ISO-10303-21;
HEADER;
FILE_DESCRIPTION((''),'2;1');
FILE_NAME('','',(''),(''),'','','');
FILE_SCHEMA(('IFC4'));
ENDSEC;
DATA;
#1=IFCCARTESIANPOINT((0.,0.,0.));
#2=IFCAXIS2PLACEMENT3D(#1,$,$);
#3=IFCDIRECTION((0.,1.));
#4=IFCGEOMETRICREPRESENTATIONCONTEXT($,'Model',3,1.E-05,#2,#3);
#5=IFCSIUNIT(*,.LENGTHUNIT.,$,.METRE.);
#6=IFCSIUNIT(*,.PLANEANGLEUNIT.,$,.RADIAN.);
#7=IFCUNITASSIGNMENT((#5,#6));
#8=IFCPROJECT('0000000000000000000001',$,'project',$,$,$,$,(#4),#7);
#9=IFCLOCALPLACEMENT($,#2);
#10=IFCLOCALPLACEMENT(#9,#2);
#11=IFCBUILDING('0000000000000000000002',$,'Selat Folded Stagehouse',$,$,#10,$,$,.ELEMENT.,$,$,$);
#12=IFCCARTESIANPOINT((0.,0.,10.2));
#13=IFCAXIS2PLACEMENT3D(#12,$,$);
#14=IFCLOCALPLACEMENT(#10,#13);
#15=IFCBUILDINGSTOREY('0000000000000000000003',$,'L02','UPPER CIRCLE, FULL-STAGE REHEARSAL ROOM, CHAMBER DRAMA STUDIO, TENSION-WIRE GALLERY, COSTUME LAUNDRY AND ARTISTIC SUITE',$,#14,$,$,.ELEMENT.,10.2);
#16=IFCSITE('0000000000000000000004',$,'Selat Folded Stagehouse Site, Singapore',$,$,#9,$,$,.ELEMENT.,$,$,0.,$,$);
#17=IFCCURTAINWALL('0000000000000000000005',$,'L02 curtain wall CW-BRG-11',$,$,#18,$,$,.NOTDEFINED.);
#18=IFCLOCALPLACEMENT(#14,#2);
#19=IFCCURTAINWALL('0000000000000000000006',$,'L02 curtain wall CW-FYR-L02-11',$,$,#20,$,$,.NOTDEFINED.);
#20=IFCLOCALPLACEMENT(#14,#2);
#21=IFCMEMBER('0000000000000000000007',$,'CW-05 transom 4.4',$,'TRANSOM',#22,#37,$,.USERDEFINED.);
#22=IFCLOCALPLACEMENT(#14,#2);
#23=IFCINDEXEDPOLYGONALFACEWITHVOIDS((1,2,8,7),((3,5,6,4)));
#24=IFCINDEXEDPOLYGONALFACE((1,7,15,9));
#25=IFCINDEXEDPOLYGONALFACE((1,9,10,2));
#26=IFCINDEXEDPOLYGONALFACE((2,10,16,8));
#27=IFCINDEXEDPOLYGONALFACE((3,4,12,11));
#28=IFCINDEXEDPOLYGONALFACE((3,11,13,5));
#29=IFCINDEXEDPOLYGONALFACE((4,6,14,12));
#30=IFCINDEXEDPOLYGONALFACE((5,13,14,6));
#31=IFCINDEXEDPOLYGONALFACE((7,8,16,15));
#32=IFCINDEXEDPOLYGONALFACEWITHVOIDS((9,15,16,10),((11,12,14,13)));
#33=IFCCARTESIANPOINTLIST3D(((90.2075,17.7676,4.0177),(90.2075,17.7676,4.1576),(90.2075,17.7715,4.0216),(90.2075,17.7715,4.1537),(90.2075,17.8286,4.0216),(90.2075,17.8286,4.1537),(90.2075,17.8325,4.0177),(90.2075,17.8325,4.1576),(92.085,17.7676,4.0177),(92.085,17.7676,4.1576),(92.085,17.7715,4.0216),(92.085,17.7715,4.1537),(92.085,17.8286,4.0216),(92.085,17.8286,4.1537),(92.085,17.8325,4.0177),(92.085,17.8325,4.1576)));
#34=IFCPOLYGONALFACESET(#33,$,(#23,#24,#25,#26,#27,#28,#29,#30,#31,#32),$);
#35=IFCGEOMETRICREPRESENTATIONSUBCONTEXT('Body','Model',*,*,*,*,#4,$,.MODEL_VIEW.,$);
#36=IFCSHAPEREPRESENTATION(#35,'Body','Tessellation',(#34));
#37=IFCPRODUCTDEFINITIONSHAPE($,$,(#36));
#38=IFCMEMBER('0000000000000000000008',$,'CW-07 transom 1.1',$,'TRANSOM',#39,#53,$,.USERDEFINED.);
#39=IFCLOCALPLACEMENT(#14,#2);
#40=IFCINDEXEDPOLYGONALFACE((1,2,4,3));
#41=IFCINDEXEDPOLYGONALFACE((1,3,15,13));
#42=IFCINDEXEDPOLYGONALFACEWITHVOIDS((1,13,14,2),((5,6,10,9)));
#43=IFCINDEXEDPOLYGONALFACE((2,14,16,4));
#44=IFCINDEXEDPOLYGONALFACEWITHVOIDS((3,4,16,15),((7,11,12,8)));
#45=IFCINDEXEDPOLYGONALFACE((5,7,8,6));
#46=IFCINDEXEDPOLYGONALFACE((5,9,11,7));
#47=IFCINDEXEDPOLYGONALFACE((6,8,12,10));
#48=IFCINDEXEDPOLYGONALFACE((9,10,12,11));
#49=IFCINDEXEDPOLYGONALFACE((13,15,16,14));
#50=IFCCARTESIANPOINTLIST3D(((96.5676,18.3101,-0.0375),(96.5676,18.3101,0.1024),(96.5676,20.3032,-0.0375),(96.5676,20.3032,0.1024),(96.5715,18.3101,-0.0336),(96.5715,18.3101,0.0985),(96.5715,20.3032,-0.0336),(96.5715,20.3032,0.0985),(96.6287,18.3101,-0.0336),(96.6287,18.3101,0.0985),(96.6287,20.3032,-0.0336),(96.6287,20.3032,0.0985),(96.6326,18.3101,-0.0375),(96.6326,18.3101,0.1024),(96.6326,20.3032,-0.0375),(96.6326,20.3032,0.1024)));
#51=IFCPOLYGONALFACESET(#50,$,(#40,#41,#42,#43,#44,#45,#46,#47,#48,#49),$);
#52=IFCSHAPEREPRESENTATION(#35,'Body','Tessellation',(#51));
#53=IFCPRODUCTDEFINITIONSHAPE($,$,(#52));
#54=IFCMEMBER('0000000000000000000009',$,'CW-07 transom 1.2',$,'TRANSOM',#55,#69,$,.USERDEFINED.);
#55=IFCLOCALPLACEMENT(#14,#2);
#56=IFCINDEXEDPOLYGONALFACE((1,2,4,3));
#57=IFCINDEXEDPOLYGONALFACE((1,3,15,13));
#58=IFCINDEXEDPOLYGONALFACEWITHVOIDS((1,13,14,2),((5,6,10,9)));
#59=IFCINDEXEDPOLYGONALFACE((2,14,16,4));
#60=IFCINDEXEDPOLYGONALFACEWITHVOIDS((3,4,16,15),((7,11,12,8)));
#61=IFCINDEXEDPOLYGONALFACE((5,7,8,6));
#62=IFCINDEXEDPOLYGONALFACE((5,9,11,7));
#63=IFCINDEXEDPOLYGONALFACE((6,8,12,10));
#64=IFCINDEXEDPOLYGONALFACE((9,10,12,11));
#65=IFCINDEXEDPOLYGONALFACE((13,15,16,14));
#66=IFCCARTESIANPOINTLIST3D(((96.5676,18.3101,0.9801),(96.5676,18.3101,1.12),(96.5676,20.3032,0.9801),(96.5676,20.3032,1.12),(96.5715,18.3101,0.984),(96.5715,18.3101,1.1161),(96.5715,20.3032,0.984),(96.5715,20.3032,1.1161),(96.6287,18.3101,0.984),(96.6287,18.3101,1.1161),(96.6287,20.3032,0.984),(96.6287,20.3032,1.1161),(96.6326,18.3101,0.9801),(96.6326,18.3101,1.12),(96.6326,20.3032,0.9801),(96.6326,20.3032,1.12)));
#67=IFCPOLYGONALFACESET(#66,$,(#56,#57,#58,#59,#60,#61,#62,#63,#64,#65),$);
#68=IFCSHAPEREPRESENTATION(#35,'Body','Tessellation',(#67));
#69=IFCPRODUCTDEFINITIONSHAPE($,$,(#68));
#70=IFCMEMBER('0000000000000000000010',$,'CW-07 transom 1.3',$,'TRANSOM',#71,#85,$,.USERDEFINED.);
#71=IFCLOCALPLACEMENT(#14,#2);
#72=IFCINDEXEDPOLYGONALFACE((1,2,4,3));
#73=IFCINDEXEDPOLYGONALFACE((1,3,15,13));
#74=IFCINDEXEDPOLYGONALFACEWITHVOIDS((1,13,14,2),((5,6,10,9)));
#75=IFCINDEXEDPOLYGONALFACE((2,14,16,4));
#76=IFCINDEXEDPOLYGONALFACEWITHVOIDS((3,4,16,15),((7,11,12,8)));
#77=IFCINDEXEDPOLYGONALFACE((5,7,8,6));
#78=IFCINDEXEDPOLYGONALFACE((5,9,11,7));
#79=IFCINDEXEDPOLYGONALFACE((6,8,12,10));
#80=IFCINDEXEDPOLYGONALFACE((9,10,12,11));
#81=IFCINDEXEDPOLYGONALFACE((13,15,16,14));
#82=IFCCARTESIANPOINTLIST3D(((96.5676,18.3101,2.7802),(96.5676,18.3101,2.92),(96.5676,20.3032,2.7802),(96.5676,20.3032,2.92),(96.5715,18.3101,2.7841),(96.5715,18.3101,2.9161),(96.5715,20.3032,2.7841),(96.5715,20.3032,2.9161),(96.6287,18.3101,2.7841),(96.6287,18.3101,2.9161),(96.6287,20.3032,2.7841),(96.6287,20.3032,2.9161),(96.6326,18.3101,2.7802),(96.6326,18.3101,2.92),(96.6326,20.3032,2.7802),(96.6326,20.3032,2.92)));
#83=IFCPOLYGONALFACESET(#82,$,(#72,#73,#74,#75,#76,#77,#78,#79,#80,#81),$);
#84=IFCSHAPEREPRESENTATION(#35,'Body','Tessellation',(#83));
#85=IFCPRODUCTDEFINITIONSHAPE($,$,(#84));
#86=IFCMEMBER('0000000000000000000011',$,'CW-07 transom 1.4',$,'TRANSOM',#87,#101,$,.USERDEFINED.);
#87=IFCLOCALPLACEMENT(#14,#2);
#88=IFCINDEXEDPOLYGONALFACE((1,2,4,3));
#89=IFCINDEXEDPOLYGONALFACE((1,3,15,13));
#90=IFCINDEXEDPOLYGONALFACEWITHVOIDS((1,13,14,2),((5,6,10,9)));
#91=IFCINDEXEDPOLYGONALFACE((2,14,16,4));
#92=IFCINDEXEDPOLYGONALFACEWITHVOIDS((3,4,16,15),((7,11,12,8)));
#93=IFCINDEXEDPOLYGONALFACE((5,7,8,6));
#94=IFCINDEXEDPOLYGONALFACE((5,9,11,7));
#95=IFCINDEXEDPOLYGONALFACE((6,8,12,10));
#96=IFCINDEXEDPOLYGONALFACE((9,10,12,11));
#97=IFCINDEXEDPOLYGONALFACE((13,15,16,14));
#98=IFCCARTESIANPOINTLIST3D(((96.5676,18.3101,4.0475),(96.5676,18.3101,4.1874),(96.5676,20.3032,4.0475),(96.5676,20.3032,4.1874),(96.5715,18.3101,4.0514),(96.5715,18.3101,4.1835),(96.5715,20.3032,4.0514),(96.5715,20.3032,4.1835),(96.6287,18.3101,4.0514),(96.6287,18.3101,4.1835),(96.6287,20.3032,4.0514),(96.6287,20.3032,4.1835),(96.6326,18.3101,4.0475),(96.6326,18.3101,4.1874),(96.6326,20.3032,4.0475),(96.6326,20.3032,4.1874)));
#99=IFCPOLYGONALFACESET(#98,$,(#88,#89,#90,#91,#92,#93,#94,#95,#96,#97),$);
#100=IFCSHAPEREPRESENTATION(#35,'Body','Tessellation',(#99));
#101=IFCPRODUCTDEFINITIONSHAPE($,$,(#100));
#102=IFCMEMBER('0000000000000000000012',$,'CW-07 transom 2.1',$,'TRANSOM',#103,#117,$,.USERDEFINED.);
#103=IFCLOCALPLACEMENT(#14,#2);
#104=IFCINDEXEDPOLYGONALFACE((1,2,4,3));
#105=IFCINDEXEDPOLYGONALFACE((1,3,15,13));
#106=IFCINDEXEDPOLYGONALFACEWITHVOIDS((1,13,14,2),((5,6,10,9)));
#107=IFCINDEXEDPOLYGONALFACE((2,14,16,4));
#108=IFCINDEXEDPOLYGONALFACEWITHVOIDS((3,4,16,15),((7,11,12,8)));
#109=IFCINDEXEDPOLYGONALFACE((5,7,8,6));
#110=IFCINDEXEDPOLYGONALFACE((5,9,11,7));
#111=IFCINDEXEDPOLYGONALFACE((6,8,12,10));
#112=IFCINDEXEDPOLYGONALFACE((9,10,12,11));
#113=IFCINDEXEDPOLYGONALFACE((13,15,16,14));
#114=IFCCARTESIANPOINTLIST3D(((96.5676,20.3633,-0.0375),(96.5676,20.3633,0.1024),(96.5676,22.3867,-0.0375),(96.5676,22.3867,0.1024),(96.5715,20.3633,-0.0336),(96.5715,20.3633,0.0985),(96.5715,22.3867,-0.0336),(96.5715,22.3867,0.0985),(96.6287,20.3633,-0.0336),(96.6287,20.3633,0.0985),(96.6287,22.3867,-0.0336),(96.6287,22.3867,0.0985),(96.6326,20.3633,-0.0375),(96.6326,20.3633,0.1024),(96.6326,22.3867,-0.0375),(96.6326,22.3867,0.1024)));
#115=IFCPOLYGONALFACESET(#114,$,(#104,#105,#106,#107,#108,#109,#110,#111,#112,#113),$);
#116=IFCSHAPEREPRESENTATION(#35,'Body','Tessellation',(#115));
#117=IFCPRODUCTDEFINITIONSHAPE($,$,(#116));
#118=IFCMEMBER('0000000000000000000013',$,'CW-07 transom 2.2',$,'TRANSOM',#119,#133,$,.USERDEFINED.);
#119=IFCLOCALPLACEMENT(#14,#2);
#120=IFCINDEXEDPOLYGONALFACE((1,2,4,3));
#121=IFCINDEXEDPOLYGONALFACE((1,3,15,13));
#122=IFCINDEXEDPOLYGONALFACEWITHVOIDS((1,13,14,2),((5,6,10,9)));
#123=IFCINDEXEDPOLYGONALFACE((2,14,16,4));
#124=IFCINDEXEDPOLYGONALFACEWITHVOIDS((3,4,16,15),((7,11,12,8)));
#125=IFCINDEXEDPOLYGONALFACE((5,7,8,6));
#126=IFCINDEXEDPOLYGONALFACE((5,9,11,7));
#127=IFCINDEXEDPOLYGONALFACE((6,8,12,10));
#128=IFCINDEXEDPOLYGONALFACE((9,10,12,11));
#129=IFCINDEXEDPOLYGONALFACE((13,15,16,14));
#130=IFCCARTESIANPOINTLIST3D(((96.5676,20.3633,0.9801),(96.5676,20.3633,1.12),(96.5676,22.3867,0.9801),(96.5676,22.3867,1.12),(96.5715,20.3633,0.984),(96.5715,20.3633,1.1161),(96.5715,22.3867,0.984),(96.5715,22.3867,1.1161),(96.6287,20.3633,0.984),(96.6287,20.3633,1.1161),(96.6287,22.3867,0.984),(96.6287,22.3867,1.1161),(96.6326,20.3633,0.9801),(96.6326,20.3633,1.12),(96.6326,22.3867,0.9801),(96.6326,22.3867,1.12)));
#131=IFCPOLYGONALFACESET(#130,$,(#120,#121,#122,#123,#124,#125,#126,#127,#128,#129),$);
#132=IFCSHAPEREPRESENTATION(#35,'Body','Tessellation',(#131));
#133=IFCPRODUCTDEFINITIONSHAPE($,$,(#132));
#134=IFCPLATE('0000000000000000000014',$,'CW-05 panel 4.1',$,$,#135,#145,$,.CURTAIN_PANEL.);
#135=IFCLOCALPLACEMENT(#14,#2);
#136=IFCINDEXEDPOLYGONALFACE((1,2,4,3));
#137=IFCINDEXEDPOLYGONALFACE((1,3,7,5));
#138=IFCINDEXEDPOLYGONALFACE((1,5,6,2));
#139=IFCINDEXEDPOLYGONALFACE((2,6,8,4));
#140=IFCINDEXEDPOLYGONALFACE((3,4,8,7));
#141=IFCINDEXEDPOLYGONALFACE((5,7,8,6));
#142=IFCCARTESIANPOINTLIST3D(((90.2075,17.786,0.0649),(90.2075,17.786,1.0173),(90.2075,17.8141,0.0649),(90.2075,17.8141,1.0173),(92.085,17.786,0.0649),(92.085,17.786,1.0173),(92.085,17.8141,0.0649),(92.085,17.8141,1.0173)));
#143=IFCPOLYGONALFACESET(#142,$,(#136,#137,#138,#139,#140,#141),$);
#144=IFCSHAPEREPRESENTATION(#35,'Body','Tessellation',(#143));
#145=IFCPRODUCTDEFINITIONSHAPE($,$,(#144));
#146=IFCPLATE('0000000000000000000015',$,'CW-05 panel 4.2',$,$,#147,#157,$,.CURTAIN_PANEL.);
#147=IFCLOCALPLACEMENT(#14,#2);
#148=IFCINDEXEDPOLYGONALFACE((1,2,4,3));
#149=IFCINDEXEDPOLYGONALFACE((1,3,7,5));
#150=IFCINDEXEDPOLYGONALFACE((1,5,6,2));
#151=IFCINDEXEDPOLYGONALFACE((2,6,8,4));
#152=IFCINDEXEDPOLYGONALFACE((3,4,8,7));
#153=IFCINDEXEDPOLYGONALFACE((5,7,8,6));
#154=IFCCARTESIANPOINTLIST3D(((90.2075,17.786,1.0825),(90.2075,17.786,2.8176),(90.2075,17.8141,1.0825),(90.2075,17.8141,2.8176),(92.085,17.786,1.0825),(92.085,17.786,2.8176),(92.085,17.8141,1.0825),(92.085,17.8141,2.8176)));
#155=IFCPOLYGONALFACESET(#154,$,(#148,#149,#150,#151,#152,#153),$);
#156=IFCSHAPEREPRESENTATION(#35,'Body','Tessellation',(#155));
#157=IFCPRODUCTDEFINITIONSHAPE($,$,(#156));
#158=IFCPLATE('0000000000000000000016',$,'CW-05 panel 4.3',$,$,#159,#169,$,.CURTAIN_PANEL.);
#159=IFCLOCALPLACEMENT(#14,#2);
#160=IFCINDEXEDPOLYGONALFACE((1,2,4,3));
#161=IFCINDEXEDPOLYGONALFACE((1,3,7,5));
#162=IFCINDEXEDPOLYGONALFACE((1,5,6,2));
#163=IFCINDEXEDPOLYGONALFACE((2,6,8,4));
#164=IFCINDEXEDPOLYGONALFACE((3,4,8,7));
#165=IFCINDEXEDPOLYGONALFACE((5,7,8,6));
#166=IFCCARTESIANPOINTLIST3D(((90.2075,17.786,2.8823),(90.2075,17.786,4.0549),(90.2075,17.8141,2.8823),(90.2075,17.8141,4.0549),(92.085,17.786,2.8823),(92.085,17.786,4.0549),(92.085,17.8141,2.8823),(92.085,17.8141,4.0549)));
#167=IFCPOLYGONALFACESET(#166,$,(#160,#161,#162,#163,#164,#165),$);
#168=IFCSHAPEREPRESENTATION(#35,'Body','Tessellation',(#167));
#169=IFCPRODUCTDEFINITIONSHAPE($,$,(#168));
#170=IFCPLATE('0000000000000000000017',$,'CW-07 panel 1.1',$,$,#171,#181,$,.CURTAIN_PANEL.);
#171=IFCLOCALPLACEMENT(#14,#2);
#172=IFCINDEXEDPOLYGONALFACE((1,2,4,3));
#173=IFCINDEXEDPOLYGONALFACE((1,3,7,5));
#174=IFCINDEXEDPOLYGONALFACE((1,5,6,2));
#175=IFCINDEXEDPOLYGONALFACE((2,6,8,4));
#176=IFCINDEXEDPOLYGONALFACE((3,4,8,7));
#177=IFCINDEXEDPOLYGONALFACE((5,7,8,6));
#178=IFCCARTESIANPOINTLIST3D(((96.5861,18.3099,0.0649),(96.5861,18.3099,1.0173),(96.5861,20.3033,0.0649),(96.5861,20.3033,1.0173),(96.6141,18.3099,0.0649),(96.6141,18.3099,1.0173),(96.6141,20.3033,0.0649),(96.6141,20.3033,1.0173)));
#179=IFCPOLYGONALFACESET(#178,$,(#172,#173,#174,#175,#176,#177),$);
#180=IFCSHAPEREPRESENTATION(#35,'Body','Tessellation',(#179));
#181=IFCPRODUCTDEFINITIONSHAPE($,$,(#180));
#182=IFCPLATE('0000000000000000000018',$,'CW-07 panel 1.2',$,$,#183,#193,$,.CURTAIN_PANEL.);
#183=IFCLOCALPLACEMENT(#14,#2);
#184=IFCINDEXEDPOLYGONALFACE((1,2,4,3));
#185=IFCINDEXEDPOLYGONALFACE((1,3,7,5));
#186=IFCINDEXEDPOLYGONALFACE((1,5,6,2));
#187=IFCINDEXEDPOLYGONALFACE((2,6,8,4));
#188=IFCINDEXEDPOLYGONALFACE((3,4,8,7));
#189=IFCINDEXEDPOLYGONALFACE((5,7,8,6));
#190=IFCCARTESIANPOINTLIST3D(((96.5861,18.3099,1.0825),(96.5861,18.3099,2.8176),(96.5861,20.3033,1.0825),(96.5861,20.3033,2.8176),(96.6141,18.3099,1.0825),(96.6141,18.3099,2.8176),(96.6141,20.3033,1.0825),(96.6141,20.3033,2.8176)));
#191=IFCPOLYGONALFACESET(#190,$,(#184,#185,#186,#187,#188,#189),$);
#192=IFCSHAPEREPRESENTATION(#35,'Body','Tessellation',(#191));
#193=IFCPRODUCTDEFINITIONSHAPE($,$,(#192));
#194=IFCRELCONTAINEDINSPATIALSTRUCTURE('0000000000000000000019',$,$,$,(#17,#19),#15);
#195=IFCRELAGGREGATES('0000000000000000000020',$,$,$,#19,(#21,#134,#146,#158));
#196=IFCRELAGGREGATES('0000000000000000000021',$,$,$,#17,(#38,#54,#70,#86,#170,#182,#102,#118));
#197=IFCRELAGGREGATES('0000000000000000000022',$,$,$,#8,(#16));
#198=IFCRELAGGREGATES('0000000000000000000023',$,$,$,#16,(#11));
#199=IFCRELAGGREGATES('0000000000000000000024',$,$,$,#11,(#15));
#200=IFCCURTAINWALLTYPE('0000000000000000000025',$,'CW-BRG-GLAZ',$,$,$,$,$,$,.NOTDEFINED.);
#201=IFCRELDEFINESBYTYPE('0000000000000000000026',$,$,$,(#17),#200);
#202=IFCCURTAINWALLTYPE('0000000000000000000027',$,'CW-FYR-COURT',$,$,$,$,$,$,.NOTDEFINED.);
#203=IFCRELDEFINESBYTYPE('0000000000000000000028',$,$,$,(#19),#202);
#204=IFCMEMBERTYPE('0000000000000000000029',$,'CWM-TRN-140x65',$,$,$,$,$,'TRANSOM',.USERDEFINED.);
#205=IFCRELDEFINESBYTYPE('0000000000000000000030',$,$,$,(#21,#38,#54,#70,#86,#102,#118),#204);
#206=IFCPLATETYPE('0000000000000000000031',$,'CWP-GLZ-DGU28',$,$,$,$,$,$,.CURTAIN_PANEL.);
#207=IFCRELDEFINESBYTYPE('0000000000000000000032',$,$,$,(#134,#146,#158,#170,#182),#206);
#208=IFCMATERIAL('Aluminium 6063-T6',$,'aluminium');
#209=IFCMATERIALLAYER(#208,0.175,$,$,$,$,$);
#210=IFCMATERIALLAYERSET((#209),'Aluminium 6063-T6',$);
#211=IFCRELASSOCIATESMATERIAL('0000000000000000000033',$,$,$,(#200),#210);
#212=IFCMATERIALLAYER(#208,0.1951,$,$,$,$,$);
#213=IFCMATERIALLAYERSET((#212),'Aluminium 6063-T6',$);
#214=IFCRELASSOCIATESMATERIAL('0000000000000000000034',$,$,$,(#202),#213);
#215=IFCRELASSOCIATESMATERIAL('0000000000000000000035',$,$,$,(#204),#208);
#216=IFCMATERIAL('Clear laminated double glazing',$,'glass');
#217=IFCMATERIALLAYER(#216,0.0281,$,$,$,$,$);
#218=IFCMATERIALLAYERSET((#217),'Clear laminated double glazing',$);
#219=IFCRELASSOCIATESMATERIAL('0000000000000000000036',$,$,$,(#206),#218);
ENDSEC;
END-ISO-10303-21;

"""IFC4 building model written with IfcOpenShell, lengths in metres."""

from ifc_helpers import new_model, si_unit, direction, frame, origin, origin_2d, place, context, subcontext, project, spatial, rectangle, hollow_rectangle, extrude, material, layer, layer_set, material_profile, profile_set, type_object, element, aggregate, save


model = new_model("IFC4")

# Units and contexts
model_context = context("Model", 3, precision=1e-05, world=origin(), true_north=direction((0.0, 1.0)))
body_context = subcontext(model_context, "Body", "Model", "MODEL_VIEW")
ifc_project = project(units=[si_unit("LENGTHUNIT", "METRE"), si_unit("PLANEANGLEUNIT", "RADIAN")], contexts=[model_context])

# Site, building, storey
site_placement = place(None, origin())
site = spatial("IfcSite", under=ifc_project, at=site_placement, Name="Selat Folded Stagehouse Site, Singapore", CompositionType="ELEMENT", RefElevation=0.0)
building_placement = place(site_placement, origin())
building = spatial("IfcBuilding", under=site, at=building_placement, Name="Selat Folded Stagehouse", CompositionType="ELEMENT")
storey_placement = place(building_placement, frame((0.0, 0.0, 10.2)))
storey = spatial("IfcBuildingStorey", under=building, at=storey_placement, Name="L02", Description="UPPER CIRCLE, FULL-STAGE REHEARSAL ROOM, CHAMBER DRAMA STUDIO, TENSION-WIRE GALLERY, COSTUME LAUNDRY AND ARTISTIC SUITE", CompositionType="ELEMENT", Elevation=10.2)

# Curtain walls, member
ifc_material_1 = material(Name="Aluminium 6063-T6", Category="aluminium")
ifc_layer_1 = layer(ifc_material_1, 0.175)
ifc_layer_set_1 = layer_set([ifc_layer_1], Name="Aluminium 6063-T6")
curtain_wall_type_1 = type_object("IfcCurtainWallType", Name="CW-BRG-GLAZ", PredefinedType="NOTDEFINED", material=ifc_layer_set_1)
curtain_wall_1_placement = place(storey_placement, origin())
curtain_wall_1 = element("IfcCurtainWall", 1, at=curtain_wall_1_placement, inside=storey, type_object=curtain_wall_type_1, Name="L02 curtain wall CW-BRG-11", PredefinedType="NOTDEFINED")
ifc_layer_2 = layer(ifc_material_1, 0.1951)
ifc_layer_set_2 = layer_set([ifc_layer_2], Name="Aluminium 6063-T6")
curtain_wall_type_2 = type_object("IfcCurtainWallType", Name="CW-FYR-COURT", PredefinedType="NOTDEFINED", material=ifc_layer_set_2)
curtain_wall_2_placement = place(storey_placement, origin())
curtain_wall_2 = element("IfcCurtainWall", 2, at=curtain_wall_2_placement, inside=storey, type_object=curtain_wall_type_2, Name="L02 curtain wall CW-FYR-L02-11", PredefinedType="NOTDEFINED")
ifc_material_profile_1 = material_profile(ifc_material_1, hollow_rectangle(XDim=0.0649, YDim=0.1399, WallThickness=0.0039, at=origin_2d()), Name="ALU 140x65x4.0")
ifc_profile_set_1 = profile_set([ifc_material_profile_1], Name="Aluminium 6063-T6")
member_type_1 = type_object("IfcMemberType", Name="CWM-TRN-140x65", ElementType="TRANSOM", PredefinedType="USERDEFINED", material=ifc_profile_set_1)
member_1_placement = place(storey_placement, frame((90.2075, 17.8, 4.0876), z_axis=(1.0, 0.0, 0.0), x_axis=(0.0, 1.0, 0.0)))
member_1 = element("IfcMember", 3, at=member_1_placement, type_object=member_type_1, Name="CW-05 transom 4.4", ObjectType="TRANSOM", PredefinedType="USERDEFINED", context=body_context, shape_type="SweptSolid", body=[
    extrude(hollow_rectangle(XDim=0.0649, YDim=0.1399, WallThickness=0.0039, at=origin_2d()), origin(), (0.0, 0.0, 1.0), 1.8774),
])

# Members
member_2_placement = place(storey_placement, frame((96.6001, 18.3101, 0.0325), z_axis=(0.0, 1.0, 0.0), x_axis=(-1.0, 0.0, 0.0)))
member_2 = element("IfcMember", 4, at=member_2_placement, type_object=member_type_1, Name="CW-07 transom 1.1", ObjectType="TRANSOM", PredefinedType="USERDEFINED", context=body_context, shape_type="SweptSolid", body=[
    extrude(hollow_rectangle(XDim=0.0649, YDim=0.1399, WallThickness=0.0039, at=origin_2d()), origin(), (0.0, 0.0, 1.0), 1.9932),
])
member_3_placement = place(storey_placement, frame((96.6001, 18.3101, 1.05), z_axis=(0.0, 1.0, 0.0), x_axis=(-1.0, 0.0, 0.0)))
member_3 = element("IfcMember", 5, at=member_3_placement, type_object=member_type_1, Name="CW-07 transom 1.2", ObjectType="TRANSOM", PredefinedType="USERDEFINED", context=body_context, shape_type="SweptSolid", body=[
    extrude(hollow_rectangle(XDim=0.0649, YDim=0.1399, WallThickness=0.0039, at=origin_2d()), origin(), (0.0, 0.0, 1.0), 1.9932),
])
member_4_placement = place(storey_placement, frame((96.6001, 18.3101, 2.8501), z_axis=(0.0, 1.0, 0.0), x_axis=(-1.0, 0.0, 0.0)))
member_4 = element("IfcMember", 6, at=member_4_placement, type_object=member_type_1, Name="CW-07 transom 1.3", ObjectType="TRANSOM", PredefinedType="USERDEFINED", context=body_context, shape_type="SweptSolid", body=[
    extrude(hollow_rectangle(XDim=0.0649, YDim=0.1399, WallThickness=0.0039, at=origin_2d()), origin(), (0.0, 0.0, 1.0), 1.9932),
])
member_5_placement = place(storey_placement, frame((96.6001, 18.3101, 4.1174), z_axis=(0.0, 1.0, 0.0), x_axis=(-1.0, 0.0, 0.0)))
member_5 = element("IfcMember", 7, at=member_5_placement, type_object=member_type_1, Name="CW-07 transom 1.4", ObjectType="TRANSOM", PredefinedType="USERDEFINED", context=body_context, shape_type="SweptSolid", body=[
    extrude(hollow_rectangle(XDim=0.0649, YDim=0.1399, WallThickness=0.0039, at=origin_2d()), origin(), (0.0, 0.0, 1.0), 1.9932),
])
member_6_placement = place(storey_placement, frame((96.6001, 20.3633, 0.0325), z_axis=(0.0, 1.0, 0.0), x_axis=(-1.0, 0.0, 0.0)))
member_6 = element("IfcMember", 8, at=member_6_placement, type_object=member_type_1, Name="CW-07 transom 2.1", ObjectType="TRANSOM", PredefinedType="USERDEFINED", context=body_context, shape_type="SweptSolid", body=[
    extrude(hollow_rectangle(XDim=0.0649, YDim=0.1399, WallThickness=0.0039, at=origin_2d()), origin(), (0.0, 0.0, 1.0), 2.0234),
])
member_7_placement = place(storey_placement, frame((96.6001, 20.3633, 1.05), z_axis=(0.0, 1.0, 0.0), x_axis=(-1.0, 0.0, 0.0)))
member_7 = element("IfcMember", 9, at=member_7_placement, type_object=member_type_1, Name="CW-07 transom 2.2", ObjectType="TRANSOM", PredefinedType="USERDEFINED", context=body_context, shape_type="SweptSolid", body=[
    extrude(hollow_rectangle(XDim=0.0649, YDim=0.1399, WallThickness=0.0039, at=origin_2d()), origin(), (0.0, 0.0, 1.0), 2.0234),
])

# Plates
ifc_material_2 = material(Name="Clear laminated double glazing", Category="glass")
ifc_layer_3 = layer(ifc_material_2, 0.0281)
ifc_layer_set_3 = layer_set([ifc_layer_3], Name="Clear laminated double glazing")
plate_type = type_object("IfcPlateType", Name="CWP-GLZ-DGU28", PredefinedType="CURTAIN_PANEL", material=ifc_layer_set_3)
plate_1_placement = place(storey_placement, frame((91.1462, 17.8, 0.0649), z_axis=(0.0, 0.0, 1.0), x_axis=(1.0, 0.0, 0.0)))
plate_1 = element("IfcPlate", 10, at=plate_1_placement, type_object=plate_type, Name="CW-05 panel 4.1", PredefinedType="CURTAIN_PANEL", context=body_context, shape_type="SweptSolid", body=[
    extrude(rectangle(XDim=1.8774, YDim=0.0281, at=origin_2d()), origin(), (0.0, 0.0, 1.0), 0.9524),
])
plate_2_placement = place(storey_placement, frame((91.1462, 17.8, 1.0825), z_axis=(0.0, 0.0, 1.0), x_axis=(1.0, 0.0, 0.0)))
plate_2 = element("IfcPlate", 11, at=plate_2_placement, type_object=plate_type, Name="CW-05 panel 4.2", PredefinedType="CURTAIN_PANEL", context=body_context, shape_type="SweptSolid", body=[
    extrude(rectangle(XDim=1.8774, YDim=0.0281, at=origin_2d()), origin(), (0.0, 0.0, 1.0), 1.7351),
])
plate_3_placement = place(storey_placement, frame((91.1462, 17.8, 2.8823), z_axis=(0.0, 0.0, 1.0), x_axis=(1.0, 0.0, 0.0)))
plate_3 = element("IfcPlate", 12, at=plate_3_placement, type_object=plate_type, Name="CW-05 panel 4.3", PredefinedType="CURTAIN_PANEL", context=body_context, shape_type="SweptSolid", body=[
    extrude(rectangle(XDim=1.8774, YDim=0.0281, at=origin_2d()), origin(), (0.0, 0.0, 1.0), 1.1726),
])
aggregate(curtain_wall_2, [member_1, plate_1, plate_2, plate_3])
plate_4_placement = place(storey_placement, frame((96.6001, 19.3066, 0.0649), z_axis=(0.0, 0.0, 1.0), x_axis=(0.0, 1.0, 0.0)))
plate_4 = element("IfcPlate", 13, at=plate_4_placement, type_object=plate_type, Name="CW-07 panel 1.1", PredefinedType="CURTAIN_PANEL", context=body_context, shape_type="SweptSolid", body=[
    extrude(rectangle(XDim=1.9934, YDim=0.0281, at=origin_2d()), origin(), (0.0, 0.0, 1.0), 0.9524),
])
plate_5_placement = place(storey_placement, frame((96.6001, 19.3066, 1.0825), z_axis=(0.0, 0.0, 1.0), x_axis=(0.0, 1.0, 0.0)))
plate_5 = element("IfcPlate", 14, at=plate_5_placement, type_object=plate_type, Name="CW-07 panel 1.2", PredefinedType="CURTAIN_PANEL", context=body_context, shape_type="SweptSolid", body=[
    extrude(rectangle(XDim=1.9934, YDim=0.0281, at=origin_2d()), origin(), (0.0, 0.0, 1.0), 1.7351),
])
aggregate(curtain_wall_1, [member_2, member_3, member_4, member_5, plate_4, plate_5, member_6, member_7])

save(model, "model.ifc")
